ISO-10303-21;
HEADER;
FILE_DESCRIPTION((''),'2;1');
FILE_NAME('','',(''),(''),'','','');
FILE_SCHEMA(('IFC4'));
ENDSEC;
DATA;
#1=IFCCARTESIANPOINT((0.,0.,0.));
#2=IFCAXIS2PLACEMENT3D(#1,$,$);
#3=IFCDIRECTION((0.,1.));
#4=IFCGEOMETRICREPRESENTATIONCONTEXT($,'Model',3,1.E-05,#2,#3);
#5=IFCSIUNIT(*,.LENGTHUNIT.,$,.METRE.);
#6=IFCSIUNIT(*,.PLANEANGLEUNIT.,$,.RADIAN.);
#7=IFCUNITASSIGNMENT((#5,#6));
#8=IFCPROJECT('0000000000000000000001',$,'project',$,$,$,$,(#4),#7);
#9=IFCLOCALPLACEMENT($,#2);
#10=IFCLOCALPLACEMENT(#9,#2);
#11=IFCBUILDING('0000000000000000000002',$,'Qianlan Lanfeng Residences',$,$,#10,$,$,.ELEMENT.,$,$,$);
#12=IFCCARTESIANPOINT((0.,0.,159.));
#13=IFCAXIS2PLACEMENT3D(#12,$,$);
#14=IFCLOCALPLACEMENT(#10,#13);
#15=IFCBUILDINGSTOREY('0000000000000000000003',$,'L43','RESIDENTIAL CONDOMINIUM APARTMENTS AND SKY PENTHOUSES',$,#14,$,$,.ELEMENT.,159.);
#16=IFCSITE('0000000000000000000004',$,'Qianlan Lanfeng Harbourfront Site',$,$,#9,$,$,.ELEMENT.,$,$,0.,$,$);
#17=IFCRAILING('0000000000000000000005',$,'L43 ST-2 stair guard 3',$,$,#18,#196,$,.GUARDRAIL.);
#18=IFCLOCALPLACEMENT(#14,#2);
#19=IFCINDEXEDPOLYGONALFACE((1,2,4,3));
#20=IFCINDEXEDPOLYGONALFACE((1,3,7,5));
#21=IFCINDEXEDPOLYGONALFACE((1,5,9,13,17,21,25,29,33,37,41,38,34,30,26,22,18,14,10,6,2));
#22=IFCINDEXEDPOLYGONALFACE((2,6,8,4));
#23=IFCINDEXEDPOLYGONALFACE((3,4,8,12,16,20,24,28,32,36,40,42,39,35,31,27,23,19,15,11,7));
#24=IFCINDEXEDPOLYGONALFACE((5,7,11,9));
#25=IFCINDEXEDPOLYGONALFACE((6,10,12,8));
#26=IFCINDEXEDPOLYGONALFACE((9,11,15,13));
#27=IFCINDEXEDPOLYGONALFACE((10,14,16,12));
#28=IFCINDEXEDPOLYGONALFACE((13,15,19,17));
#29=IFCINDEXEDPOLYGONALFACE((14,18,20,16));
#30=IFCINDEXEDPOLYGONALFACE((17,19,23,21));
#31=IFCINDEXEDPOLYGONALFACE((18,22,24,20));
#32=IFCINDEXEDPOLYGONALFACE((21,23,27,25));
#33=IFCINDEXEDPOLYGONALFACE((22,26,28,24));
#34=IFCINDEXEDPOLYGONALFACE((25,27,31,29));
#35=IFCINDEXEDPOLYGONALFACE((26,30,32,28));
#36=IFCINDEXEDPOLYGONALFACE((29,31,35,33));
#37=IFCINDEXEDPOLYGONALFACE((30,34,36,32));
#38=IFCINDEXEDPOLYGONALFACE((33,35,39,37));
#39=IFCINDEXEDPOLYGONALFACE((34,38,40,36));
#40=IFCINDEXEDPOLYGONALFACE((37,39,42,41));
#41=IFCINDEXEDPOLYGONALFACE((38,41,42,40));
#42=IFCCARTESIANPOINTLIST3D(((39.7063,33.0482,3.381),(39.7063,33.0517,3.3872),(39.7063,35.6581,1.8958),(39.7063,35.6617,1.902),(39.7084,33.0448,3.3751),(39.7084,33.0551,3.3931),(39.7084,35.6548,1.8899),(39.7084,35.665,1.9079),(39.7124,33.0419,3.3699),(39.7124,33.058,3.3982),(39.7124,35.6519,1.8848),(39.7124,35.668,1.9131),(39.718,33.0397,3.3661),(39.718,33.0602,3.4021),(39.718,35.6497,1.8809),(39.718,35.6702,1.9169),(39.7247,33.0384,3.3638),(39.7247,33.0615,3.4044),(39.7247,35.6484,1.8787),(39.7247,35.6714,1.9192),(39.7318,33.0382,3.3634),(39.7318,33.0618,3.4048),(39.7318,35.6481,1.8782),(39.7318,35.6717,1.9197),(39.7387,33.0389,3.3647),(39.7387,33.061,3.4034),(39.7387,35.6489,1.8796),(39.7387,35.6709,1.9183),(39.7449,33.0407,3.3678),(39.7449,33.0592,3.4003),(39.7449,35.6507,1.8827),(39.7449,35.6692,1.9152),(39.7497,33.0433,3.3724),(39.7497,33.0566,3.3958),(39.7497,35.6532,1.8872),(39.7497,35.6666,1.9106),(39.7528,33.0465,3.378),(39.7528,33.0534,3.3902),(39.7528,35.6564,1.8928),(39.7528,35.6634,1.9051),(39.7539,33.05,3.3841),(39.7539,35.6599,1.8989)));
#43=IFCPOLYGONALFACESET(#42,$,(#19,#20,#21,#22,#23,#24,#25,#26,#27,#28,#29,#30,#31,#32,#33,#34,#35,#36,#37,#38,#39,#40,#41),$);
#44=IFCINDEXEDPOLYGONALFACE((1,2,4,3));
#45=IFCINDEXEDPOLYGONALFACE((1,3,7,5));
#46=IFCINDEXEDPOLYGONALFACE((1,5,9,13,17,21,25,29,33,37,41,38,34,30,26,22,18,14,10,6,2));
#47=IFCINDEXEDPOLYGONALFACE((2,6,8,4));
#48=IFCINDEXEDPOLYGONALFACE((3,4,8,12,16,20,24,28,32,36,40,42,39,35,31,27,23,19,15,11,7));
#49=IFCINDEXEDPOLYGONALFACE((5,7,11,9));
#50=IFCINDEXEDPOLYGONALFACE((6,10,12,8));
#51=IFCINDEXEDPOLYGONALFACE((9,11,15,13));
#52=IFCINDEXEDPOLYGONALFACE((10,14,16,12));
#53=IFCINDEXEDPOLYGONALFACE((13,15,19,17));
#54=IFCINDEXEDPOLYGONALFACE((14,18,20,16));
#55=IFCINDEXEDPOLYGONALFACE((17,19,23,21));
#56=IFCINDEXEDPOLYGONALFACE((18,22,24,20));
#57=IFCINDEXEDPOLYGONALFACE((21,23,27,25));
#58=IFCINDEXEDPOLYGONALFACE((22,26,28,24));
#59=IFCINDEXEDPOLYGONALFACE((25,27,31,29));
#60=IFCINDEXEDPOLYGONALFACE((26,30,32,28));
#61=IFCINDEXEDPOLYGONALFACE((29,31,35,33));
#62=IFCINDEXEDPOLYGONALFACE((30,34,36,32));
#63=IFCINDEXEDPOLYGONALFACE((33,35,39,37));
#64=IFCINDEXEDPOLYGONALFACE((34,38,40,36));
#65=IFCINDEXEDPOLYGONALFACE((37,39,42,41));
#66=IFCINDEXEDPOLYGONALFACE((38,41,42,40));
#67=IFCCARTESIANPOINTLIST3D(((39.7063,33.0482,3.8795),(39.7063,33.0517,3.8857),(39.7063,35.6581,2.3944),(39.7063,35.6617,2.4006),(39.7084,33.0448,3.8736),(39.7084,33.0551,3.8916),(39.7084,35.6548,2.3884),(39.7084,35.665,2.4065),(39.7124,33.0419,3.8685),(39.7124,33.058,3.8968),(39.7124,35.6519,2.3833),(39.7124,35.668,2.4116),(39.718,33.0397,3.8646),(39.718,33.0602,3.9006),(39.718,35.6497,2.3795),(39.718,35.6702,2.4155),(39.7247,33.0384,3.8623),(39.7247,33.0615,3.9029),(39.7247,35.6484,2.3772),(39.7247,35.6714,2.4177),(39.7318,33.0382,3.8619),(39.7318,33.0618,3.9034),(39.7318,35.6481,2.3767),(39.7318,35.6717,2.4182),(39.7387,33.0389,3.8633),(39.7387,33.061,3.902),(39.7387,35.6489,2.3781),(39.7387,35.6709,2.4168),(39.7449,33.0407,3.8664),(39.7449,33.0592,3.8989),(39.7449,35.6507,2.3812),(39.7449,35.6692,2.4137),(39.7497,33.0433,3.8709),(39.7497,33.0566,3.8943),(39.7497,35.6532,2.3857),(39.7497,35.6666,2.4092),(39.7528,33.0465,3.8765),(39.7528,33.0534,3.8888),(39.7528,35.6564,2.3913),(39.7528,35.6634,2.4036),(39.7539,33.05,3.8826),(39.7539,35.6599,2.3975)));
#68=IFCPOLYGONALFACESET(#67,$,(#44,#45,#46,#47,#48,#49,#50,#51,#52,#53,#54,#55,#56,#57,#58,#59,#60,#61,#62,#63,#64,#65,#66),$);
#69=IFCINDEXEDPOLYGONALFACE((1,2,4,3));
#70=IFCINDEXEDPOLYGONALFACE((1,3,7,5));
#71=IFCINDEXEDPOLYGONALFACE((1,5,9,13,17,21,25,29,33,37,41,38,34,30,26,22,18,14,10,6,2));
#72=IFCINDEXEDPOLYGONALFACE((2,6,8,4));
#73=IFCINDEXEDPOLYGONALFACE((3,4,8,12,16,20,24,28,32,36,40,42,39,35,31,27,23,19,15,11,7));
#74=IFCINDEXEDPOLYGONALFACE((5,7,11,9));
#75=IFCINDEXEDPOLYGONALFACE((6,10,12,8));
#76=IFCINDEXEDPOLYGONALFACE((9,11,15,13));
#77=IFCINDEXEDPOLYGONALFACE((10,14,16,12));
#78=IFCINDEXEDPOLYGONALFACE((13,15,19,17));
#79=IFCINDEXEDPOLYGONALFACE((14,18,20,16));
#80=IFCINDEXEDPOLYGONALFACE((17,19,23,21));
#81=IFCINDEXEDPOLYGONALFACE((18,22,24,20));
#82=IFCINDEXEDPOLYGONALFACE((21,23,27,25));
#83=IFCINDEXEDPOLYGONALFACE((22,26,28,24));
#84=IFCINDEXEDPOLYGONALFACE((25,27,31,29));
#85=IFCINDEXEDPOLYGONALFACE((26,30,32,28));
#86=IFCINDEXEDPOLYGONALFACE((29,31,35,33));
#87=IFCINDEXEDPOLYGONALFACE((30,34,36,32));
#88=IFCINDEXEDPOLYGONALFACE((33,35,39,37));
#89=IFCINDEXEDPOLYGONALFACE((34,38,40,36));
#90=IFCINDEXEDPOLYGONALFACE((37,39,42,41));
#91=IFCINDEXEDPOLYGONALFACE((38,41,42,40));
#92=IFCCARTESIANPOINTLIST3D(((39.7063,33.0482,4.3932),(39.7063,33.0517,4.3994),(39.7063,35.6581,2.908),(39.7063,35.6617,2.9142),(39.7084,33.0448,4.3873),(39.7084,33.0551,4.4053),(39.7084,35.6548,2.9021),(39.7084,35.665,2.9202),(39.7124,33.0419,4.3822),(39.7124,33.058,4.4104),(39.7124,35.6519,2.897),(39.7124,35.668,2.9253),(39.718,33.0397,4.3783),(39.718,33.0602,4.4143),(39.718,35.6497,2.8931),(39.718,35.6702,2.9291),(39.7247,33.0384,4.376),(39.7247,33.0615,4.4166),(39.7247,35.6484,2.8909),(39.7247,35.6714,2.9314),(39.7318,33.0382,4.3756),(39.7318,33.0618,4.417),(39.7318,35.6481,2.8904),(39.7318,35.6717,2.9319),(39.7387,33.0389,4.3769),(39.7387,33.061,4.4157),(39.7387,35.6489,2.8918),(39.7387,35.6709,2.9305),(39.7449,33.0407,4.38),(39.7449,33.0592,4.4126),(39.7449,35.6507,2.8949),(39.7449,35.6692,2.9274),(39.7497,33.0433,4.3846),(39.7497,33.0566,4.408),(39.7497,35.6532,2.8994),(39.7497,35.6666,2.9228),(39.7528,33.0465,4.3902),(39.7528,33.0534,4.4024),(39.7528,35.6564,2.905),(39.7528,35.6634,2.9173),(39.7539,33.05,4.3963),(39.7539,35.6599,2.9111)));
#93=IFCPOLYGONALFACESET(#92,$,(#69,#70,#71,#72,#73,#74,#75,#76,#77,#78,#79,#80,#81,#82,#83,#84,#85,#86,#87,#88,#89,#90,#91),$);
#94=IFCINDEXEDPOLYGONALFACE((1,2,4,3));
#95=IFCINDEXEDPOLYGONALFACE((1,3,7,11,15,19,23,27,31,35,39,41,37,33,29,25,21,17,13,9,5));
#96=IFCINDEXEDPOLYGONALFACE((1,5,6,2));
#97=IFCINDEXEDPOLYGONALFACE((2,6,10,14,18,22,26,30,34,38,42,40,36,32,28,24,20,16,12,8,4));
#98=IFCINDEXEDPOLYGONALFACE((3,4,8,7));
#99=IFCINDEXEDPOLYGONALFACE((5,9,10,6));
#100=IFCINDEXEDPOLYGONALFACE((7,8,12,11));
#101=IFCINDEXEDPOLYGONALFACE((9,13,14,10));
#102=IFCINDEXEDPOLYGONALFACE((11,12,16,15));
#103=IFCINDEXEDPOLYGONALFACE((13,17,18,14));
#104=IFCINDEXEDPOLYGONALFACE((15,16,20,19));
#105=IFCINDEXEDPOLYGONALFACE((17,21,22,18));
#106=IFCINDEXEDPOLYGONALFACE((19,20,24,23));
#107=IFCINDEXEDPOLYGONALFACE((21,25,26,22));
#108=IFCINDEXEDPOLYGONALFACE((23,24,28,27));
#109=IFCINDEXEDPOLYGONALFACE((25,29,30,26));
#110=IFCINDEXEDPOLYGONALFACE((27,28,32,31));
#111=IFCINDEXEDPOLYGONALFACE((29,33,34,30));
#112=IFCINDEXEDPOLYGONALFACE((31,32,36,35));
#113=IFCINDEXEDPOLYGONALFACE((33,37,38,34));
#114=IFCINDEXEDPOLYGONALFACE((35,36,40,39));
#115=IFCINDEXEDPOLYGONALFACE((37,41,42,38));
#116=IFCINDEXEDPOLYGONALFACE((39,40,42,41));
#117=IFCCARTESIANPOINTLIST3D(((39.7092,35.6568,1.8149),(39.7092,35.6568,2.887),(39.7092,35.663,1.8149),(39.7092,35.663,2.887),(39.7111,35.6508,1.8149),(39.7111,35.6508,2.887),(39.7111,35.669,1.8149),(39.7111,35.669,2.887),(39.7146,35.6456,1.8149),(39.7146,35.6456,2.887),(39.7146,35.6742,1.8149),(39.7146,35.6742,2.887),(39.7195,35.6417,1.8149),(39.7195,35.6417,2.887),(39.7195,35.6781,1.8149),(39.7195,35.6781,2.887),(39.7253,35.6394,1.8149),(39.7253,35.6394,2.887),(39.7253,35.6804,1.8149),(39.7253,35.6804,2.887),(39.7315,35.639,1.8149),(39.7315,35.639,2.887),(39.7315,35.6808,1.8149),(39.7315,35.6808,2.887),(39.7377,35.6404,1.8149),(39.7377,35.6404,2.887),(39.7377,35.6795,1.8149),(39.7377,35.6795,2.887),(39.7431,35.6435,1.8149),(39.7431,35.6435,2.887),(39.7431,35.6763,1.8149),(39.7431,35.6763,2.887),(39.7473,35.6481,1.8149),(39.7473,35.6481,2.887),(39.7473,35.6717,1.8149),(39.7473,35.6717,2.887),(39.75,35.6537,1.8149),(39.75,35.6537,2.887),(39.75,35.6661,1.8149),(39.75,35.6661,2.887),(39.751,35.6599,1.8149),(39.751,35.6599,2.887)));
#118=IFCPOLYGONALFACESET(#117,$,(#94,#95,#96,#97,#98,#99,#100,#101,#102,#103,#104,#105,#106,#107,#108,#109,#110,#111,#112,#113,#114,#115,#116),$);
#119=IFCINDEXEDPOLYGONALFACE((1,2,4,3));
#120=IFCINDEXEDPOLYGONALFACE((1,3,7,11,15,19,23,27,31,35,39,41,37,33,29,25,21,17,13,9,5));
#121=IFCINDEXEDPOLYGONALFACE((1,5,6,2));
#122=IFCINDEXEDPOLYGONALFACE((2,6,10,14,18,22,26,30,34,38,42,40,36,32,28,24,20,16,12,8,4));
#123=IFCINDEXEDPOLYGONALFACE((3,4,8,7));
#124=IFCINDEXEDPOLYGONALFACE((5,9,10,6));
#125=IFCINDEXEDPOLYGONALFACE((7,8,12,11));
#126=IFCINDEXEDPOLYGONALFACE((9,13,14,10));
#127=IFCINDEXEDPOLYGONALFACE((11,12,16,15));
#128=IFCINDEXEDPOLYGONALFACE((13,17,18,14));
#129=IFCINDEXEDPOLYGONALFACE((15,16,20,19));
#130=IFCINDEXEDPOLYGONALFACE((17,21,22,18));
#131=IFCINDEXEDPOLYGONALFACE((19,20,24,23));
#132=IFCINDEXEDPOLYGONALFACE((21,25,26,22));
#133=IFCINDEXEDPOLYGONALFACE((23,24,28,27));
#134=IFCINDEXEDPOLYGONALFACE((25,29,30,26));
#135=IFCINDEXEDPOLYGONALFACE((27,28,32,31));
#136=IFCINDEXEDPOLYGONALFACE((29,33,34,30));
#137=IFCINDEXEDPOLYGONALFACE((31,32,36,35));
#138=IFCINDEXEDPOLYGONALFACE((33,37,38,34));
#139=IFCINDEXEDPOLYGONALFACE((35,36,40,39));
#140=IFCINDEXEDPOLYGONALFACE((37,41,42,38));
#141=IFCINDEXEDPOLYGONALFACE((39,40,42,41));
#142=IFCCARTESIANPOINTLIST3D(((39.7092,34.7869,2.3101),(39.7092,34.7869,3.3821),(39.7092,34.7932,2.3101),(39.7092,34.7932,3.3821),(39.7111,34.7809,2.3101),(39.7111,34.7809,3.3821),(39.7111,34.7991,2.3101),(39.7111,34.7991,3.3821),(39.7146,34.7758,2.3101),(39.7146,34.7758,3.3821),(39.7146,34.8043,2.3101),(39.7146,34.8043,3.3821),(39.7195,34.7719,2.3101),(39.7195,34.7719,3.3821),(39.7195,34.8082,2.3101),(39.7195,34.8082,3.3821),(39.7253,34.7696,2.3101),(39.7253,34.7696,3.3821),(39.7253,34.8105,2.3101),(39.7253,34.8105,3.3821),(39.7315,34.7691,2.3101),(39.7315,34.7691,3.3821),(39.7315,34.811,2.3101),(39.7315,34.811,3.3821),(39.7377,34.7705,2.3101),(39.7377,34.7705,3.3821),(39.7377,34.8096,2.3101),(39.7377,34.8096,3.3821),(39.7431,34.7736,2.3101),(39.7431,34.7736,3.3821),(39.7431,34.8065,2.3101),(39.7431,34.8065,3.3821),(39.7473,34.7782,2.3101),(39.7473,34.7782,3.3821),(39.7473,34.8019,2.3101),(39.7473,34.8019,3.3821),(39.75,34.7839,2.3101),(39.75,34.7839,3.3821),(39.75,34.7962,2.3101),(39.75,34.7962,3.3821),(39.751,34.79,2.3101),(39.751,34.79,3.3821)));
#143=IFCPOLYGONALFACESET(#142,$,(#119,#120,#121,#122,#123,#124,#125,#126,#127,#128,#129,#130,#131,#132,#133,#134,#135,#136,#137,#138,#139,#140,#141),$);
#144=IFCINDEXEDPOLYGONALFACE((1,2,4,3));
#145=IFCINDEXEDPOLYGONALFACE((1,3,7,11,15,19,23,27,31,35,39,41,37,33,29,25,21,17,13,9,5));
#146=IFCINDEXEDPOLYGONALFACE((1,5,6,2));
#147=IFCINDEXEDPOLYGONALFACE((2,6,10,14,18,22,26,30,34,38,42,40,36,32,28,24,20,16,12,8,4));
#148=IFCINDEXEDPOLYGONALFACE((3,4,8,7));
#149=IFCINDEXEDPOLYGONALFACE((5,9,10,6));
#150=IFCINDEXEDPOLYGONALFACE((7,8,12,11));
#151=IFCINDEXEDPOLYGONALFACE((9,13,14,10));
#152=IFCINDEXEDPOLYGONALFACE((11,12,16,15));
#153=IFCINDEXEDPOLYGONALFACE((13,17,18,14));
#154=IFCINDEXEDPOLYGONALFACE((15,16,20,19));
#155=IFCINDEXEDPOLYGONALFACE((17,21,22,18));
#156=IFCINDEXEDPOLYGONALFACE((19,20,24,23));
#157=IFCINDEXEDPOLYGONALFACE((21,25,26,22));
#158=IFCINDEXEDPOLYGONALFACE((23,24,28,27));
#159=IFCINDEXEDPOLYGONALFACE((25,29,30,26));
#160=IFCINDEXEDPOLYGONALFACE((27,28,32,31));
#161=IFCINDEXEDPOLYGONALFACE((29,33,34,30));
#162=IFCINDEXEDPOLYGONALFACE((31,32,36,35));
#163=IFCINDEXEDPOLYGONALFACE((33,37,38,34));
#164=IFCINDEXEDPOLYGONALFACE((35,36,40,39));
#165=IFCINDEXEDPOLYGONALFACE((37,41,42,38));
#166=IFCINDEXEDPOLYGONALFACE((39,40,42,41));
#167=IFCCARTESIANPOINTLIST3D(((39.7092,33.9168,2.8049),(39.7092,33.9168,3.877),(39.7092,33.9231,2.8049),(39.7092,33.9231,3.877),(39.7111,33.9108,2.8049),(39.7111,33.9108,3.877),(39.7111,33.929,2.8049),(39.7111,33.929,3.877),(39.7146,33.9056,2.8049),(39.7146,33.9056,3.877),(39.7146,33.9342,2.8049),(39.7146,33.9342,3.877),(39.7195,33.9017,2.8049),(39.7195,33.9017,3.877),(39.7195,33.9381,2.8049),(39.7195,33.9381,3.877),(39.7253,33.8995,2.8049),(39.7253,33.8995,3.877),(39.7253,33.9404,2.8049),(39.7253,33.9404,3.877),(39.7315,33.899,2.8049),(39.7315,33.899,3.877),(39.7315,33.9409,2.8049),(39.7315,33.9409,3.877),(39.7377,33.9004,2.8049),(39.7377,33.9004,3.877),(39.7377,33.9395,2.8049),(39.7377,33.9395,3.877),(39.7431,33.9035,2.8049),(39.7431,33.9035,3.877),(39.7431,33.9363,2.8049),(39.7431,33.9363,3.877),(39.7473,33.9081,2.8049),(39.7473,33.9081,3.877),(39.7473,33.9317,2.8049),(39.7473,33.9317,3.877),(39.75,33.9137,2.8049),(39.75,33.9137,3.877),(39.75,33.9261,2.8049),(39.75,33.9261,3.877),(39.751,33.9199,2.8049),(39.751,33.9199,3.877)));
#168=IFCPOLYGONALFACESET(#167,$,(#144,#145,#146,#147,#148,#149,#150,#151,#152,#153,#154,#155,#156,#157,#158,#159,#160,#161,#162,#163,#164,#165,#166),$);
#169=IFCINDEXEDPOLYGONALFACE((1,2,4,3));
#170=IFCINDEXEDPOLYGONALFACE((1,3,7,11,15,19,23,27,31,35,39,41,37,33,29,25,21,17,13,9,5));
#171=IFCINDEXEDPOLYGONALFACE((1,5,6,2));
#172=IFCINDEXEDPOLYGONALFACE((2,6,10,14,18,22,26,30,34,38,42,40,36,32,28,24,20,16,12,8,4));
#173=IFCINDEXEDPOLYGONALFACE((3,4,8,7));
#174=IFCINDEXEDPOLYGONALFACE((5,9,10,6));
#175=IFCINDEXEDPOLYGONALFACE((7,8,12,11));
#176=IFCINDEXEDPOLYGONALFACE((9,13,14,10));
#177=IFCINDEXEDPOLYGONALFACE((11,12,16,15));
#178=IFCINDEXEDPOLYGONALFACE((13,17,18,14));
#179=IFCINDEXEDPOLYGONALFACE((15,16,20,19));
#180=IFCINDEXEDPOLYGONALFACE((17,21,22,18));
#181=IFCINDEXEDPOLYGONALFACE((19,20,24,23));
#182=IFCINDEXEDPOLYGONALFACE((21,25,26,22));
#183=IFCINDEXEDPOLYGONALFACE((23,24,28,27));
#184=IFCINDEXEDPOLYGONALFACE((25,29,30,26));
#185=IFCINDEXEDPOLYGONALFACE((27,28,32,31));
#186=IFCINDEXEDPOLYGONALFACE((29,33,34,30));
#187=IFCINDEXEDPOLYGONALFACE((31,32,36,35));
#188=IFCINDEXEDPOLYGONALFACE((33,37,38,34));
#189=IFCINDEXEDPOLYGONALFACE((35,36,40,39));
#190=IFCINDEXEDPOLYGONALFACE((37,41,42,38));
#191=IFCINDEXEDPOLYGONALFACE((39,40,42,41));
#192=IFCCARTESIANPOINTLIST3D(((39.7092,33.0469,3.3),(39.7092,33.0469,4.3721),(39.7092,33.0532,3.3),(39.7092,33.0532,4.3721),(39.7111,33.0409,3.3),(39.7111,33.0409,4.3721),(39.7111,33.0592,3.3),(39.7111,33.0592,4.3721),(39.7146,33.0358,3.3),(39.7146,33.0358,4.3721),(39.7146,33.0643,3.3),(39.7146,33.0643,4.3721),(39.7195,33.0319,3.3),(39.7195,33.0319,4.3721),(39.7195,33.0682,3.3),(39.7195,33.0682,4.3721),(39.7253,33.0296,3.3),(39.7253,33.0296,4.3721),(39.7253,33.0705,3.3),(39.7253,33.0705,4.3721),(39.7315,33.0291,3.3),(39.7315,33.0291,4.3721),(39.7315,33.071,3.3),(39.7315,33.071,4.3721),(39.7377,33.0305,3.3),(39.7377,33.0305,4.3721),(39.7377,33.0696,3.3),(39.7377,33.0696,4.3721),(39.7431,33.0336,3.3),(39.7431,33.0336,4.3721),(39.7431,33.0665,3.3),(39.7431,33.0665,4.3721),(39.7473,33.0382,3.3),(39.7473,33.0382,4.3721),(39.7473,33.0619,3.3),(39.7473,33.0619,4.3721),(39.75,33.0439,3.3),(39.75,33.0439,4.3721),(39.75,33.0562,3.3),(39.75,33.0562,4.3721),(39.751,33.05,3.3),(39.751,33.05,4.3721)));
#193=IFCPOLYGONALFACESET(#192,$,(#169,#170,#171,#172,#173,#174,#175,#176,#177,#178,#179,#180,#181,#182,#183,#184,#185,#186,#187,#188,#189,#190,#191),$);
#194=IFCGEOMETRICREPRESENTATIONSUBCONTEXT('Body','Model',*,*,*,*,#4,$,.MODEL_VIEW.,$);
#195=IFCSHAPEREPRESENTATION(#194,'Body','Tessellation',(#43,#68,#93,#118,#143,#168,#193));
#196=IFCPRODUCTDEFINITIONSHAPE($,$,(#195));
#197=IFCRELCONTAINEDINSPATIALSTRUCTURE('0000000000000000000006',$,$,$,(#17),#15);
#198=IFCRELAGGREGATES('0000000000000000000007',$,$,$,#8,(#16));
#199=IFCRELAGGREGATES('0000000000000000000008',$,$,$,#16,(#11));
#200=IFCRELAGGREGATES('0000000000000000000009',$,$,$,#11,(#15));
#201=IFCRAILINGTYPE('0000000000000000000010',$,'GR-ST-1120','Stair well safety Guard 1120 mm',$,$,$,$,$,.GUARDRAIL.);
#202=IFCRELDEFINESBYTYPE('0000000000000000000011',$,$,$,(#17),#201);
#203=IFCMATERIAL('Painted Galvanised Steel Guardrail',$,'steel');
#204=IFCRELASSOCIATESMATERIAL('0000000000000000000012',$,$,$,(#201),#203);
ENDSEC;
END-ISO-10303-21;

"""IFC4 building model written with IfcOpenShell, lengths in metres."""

from ifc_helpers import new_model, si_unit, direction, frame, origin, origin_2d, place, context, subcontext, project, spatial, circle, extrude, material, type_object, element, save


model = new_model("IFC4")

# Units and contexts
model_context = context("Model", 3, precision=1e-05, world=origin(), true_north=direction((0.0, 1.0)))
body_context = subcontext(model_context, "Body", "Model", "MODEL_VIEW")
ifc_project = project(units=[si_unit("LENGTHUNIT", "METRE"), si_unit("PLANEANGLEUNIT", "RADIAN")], contexts=[model_context])

# Site, building, storey
site_placement = place(None, origin())
site = spatial("IfcSite", under=ifc_project, at=site_placement, Name="Qianlan Lanfeng Harbourfront Site", CompositionType="ELEMENT", RefElevation=0.0)
building_placement = place(site_placement, origin())
building = spatial("IfcBuilding", under=site, at=building_placement, Name="Qianlan Lanfeng Residences", CompositionType="ELEMENT")
storey_placement = place(building_placement, frame((0.0, 0.0, 159.0)))
storey = spatial("IfcBuildingStorey", under=building, at=storey_placement, Name="L43", Description="RESIDENTIAL CONDOMINIUM APARTMENTS AND SKY PENTHOUSES", CompositionType="ELEMENT", Elevation=159.0)

# Railing
ifc_material_1 = material(Name="Painted Galvanised Steel Guardrail", Category="steel")
railing_type_1 = type_object("IfcRailingType", Name="GR-ST-1120", Description="Stair well safety Guard 1120 mm", PredefinedType="GUARDRAIL", material=ifc_material_1)
railing_1_placement = place(storey_placement, frame((39.73, 35.6599, 1.8149)))
element("IfcRailing", 1, at=railing_1_placement, inside=storey, type_object=railing_type_1, Name="L43 ST-2 stair guard 3", PredefinedType="GUARDRAIL", context=body_context, shape_type="SweptSolid", body=[
    extrude(circle(Radius=0.0239, at=origin_2d()), frame((0.0, 0.0, 0.084), z_axis=(0.0, -0.869137, 0.494571), x_axis=(1.0, 0.0, 0.0)), (0.0, 0.0, 1.0), 3.0029),
    extrude(circle(Radius=0.0239, at=origin_2d()), frame((0.0, 0.0, 0.5825), z_axis=(0.0, -0.869137, 0.494571), x_axis=(1.0, 0.0, 0.0)), (0.0, 0.0, 1.0), 3.0029),
    extrude(circle(Radius=0.0239, at=origin_2d()), frame((0.0, 0.0, 1.0962), z_axis=(0.0, -0.869137, 0.494571), x_axis=(1.0, 0.0, 0.0)), (0.0, 0.0, 1.0), 3.0029),
    extrude(circle(Radius=0.021, at=origin_2d()), origin(), (0.0, 0.0, 1.0), 1.072),
    extrude(circle(Radius=0.021, at=origin_2d()), frame((0.0, -0.8699, 0.4951)), (0.0, 0.0, 1.0), 1.072),
    extrude(circle(Radius=0.021, at=origin_2d()), frame((0.0, -1.74, 0.99)), (0.0, 0.0, 1.0), 1.072),
    extrude(circle(Radius=0.021, at=origin_2d()), frame((0.0, -2.6099, 1.4851)), (0.0, 0.0, 1.0), 1.072),
])

save(model, "model.ifc")
